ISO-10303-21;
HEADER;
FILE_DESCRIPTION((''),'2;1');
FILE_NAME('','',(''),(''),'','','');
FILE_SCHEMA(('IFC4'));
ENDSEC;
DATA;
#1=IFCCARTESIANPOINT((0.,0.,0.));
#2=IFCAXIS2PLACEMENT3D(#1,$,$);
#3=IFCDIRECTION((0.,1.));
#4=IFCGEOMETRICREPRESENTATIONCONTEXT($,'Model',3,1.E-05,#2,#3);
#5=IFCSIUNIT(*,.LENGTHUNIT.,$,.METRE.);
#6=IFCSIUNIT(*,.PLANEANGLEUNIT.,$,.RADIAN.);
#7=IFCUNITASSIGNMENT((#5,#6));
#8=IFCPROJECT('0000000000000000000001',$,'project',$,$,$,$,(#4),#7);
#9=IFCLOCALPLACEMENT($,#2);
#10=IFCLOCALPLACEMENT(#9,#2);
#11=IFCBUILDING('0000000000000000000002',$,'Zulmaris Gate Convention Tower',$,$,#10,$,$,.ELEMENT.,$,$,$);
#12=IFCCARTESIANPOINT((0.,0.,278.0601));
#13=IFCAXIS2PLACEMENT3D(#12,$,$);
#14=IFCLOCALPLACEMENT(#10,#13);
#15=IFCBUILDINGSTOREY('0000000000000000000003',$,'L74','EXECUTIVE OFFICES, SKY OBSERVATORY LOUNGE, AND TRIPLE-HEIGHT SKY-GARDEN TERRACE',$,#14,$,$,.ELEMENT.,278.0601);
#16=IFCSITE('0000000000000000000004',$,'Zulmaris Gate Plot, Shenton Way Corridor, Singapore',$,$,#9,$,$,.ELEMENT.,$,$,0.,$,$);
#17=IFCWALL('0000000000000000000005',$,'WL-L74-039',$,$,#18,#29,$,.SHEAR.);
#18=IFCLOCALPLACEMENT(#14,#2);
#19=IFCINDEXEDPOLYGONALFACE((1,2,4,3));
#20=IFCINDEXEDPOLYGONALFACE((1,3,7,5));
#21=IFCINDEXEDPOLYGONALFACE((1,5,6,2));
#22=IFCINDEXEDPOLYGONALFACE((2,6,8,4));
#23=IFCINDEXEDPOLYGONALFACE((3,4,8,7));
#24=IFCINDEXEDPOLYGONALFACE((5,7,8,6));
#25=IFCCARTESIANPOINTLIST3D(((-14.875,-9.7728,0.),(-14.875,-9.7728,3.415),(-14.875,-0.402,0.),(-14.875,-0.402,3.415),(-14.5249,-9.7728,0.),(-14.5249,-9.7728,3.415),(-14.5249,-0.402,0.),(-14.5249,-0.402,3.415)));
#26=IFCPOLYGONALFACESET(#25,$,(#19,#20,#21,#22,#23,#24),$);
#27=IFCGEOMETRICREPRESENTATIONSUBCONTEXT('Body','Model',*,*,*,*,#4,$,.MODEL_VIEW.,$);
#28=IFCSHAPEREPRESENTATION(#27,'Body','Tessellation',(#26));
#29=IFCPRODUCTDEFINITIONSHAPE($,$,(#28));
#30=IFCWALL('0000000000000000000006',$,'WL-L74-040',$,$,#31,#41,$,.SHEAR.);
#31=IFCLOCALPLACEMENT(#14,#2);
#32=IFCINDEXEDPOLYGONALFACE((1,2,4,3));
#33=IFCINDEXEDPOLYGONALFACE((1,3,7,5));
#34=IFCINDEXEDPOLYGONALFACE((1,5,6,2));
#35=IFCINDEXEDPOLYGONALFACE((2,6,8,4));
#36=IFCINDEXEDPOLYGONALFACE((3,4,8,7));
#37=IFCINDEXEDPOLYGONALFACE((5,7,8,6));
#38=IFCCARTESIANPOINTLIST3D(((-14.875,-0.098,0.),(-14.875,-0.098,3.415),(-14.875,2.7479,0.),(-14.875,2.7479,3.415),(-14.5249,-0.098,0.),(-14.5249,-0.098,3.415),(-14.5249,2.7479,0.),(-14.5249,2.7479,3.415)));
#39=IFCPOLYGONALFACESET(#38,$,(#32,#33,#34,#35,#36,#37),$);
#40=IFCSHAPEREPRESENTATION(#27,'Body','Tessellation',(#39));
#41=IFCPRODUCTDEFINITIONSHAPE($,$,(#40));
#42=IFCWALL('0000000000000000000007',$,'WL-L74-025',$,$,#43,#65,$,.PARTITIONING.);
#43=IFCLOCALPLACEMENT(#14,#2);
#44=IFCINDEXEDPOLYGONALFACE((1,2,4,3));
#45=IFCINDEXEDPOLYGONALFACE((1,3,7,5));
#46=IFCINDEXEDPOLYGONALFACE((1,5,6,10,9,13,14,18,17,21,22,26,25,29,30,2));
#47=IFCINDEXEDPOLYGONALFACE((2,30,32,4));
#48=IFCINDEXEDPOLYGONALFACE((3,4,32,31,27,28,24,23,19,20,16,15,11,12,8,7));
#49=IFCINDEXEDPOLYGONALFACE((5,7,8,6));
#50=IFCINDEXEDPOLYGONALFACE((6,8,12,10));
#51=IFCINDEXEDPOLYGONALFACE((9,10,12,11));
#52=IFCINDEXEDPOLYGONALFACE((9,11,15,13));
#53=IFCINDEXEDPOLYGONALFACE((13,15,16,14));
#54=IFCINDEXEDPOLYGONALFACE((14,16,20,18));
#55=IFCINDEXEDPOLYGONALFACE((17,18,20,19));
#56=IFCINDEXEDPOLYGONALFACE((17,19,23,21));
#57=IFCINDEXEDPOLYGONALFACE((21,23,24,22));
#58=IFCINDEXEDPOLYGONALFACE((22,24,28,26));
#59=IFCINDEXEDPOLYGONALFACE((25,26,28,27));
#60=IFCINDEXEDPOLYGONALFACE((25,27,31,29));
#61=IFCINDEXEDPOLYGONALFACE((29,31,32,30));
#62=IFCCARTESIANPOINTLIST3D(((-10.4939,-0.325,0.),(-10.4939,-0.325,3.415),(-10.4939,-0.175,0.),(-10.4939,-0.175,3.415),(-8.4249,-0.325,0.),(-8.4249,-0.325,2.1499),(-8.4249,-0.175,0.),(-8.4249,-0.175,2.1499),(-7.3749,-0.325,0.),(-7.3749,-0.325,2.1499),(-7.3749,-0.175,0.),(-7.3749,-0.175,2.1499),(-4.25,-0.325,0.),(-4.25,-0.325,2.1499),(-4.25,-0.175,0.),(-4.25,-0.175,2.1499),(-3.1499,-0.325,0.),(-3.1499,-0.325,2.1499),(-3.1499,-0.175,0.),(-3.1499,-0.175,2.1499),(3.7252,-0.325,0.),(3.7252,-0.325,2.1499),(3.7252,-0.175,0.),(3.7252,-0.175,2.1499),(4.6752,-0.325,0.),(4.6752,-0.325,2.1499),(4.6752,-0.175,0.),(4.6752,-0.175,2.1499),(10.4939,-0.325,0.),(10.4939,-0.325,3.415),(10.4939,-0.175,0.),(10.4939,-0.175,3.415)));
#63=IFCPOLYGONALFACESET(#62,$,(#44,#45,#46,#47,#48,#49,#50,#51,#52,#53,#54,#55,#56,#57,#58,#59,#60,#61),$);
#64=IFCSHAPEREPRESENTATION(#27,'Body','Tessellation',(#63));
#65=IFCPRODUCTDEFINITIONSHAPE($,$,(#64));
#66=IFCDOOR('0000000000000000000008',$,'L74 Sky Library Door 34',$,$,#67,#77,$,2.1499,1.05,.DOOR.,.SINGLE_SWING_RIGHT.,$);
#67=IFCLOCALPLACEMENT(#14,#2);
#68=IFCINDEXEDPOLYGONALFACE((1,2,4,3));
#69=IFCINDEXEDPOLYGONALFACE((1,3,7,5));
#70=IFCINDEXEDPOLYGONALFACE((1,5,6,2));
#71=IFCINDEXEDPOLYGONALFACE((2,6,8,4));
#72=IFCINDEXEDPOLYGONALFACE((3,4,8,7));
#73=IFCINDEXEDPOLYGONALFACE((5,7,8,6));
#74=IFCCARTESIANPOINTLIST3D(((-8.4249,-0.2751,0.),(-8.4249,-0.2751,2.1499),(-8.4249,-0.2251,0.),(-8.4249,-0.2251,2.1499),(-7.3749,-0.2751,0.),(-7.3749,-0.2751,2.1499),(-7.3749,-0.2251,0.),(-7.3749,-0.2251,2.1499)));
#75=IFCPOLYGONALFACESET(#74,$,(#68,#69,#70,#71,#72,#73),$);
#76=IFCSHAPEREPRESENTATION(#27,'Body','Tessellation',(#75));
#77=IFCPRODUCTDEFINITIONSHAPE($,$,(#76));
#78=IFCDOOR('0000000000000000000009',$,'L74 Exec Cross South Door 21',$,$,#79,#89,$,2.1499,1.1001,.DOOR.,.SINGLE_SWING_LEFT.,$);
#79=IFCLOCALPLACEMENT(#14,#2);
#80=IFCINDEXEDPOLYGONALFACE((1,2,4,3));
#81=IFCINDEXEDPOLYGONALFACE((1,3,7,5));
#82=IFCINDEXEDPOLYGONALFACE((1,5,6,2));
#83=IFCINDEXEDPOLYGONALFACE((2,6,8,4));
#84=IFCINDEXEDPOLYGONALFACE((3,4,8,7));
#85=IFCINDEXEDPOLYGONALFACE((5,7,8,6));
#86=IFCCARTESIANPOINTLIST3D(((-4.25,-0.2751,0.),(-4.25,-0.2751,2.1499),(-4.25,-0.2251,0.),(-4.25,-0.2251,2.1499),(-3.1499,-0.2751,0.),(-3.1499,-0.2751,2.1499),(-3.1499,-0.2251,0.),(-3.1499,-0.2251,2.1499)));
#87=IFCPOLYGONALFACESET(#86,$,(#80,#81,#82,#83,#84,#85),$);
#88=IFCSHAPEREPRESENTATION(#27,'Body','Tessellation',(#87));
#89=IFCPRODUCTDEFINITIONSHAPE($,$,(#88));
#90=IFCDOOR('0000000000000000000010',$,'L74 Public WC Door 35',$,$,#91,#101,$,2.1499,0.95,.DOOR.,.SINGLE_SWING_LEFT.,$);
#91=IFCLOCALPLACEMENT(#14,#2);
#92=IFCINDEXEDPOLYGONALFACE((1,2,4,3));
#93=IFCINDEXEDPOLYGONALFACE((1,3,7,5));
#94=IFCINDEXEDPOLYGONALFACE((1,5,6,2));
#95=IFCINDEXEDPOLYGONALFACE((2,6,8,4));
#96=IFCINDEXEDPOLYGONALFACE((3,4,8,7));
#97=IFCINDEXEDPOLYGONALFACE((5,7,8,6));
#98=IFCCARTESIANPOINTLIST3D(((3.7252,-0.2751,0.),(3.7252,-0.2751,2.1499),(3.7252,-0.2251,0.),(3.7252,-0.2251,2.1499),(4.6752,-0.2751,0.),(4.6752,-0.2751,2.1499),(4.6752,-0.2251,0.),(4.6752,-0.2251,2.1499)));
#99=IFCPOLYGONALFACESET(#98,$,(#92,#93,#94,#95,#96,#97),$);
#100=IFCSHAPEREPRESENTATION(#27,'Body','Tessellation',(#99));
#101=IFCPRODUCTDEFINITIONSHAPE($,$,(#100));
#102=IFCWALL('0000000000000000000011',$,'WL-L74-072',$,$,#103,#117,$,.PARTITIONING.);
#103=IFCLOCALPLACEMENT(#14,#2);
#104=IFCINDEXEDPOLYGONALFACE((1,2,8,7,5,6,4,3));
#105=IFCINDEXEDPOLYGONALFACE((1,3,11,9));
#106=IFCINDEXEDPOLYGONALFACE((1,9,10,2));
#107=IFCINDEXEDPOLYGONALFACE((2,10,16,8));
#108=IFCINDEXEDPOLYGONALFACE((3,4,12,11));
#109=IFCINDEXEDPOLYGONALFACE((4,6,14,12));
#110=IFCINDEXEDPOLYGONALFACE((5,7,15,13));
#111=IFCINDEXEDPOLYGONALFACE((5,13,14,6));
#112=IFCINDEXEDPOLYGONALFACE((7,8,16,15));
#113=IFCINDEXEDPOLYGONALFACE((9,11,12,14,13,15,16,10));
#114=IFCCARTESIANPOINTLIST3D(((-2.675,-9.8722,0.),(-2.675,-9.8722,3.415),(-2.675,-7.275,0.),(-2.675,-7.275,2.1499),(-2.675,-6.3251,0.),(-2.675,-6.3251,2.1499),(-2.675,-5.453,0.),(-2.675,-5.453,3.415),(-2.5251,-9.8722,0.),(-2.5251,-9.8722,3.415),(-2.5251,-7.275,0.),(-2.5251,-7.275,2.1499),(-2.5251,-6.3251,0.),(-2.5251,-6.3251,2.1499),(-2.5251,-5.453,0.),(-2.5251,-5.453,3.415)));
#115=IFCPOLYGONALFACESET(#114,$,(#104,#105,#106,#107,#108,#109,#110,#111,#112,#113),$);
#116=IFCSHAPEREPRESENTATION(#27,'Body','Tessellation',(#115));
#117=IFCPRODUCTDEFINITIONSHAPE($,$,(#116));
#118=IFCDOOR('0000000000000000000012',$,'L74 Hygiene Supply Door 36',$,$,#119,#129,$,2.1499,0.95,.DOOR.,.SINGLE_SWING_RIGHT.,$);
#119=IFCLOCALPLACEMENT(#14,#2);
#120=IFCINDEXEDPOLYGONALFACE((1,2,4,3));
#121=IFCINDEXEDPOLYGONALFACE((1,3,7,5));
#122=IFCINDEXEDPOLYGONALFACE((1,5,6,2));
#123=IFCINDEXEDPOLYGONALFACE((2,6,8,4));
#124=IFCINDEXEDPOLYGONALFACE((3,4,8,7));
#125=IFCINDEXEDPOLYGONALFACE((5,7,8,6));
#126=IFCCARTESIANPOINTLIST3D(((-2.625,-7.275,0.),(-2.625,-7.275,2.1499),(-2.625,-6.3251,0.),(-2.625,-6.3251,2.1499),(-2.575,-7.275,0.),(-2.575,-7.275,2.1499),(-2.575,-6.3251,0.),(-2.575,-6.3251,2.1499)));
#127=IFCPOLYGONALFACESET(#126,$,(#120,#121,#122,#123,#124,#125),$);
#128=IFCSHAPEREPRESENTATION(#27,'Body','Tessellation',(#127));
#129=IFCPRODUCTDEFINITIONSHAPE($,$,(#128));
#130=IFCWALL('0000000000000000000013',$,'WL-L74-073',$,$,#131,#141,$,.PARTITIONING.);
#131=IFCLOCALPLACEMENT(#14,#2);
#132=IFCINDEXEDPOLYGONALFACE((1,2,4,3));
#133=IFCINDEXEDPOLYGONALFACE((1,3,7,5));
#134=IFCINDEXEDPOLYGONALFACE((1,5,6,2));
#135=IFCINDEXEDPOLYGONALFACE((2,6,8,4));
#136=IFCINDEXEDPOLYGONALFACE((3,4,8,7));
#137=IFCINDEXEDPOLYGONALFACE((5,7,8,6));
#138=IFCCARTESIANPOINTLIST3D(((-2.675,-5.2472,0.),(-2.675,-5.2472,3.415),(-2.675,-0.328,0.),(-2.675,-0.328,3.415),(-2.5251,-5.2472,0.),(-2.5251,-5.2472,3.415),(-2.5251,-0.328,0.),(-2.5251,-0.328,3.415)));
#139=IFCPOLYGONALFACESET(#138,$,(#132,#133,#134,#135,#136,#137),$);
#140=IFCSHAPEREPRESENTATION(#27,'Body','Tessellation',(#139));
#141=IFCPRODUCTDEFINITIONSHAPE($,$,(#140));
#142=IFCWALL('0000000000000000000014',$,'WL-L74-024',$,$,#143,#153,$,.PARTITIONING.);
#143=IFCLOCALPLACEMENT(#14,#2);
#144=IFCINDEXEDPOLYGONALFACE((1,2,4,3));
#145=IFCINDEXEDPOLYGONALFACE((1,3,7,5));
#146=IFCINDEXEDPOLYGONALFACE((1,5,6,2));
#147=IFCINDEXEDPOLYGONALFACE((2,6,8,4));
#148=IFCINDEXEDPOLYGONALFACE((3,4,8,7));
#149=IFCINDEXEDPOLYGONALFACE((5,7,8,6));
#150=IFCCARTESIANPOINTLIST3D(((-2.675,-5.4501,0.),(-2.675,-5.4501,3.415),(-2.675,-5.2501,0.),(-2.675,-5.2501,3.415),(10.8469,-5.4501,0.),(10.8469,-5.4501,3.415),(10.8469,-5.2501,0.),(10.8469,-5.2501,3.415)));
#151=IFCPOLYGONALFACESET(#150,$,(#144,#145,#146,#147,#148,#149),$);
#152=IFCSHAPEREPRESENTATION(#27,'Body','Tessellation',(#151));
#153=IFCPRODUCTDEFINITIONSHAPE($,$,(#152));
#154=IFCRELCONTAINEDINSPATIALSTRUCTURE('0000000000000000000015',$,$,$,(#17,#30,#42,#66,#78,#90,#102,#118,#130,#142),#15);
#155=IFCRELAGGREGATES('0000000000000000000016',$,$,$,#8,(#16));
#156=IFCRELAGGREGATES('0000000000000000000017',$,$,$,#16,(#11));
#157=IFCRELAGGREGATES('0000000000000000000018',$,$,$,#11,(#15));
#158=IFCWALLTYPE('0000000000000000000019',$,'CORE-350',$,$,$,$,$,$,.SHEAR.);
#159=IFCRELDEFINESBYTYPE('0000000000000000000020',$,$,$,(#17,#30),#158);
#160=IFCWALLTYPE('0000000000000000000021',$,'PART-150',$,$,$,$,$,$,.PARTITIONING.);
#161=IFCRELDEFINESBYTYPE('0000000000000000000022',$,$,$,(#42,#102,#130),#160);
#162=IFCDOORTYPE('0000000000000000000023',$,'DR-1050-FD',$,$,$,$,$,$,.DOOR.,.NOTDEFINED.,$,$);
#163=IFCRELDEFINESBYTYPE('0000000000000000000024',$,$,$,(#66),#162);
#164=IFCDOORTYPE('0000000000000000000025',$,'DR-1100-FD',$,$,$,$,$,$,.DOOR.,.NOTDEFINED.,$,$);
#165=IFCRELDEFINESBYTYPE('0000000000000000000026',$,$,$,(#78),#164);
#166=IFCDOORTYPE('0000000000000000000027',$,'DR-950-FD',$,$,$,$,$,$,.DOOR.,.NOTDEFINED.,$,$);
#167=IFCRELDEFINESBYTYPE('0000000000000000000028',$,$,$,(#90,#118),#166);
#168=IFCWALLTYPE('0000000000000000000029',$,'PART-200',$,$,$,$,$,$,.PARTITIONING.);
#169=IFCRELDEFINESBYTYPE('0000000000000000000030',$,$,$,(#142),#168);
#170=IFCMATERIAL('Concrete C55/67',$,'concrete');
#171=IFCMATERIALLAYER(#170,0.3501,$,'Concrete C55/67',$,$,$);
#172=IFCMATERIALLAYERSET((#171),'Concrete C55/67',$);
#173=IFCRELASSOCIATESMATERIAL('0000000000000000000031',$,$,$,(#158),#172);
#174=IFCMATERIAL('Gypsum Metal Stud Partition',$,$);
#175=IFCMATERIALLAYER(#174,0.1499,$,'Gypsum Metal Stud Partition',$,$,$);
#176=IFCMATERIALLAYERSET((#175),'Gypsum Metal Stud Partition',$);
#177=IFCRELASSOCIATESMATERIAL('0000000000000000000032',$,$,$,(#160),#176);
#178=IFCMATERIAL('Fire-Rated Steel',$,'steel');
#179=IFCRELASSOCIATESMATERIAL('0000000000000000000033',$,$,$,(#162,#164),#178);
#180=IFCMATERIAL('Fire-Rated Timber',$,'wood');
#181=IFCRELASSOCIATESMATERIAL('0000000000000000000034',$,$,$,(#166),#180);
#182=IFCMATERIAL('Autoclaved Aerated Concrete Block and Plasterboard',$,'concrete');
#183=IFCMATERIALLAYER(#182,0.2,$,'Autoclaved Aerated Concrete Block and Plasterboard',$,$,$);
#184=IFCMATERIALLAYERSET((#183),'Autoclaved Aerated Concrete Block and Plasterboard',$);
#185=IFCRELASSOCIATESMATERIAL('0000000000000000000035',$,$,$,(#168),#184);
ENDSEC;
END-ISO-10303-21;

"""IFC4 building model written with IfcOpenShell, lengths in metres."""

from ifc_helpers import new_model, si_unit, direction, frame, frame_2d, origin, place, context, subcontext, project, spatial, rectangle, extrude, material, layer, layer_set, type_object, element, fill, save


model = new_model("IFC4")

# Units and contexts
model_context = context("Model", 3, precision=1e-05, world=origin(), true_north=direction((0.0, 1.0)))
body_context = subcontext(model_context, "Body", "Model", "MODEL_VIEW")
ifc_project = project(units=[si_unit("LENGTHUNIT", "METRE"), si_unit("PLANEANGLEUNIT", "RADIAN")], contexts=[model_context])

# Site, building, storey
site_placement = place(None, origin())
site = spatial("IfcSite", under=ifc_project, at=site_placement, Name="Zulmaris Gate Plot, Shenton Way Corridor, Singapore", CompositionType="ELEMENT", RefElevation=0.0)
building_placement = place(site_placement, origin())
building = spatial("IfcBuilding", under=site, at=building_placement, Name="Zulmaris Gate Convention Tower", CompositionType="ELEMENT")
storey_placement = place(building_placement, frame((0.0, 0.0, 278.0601)))
storey = spatial("IfcBuildingStorey", under=building, at=storey_placement, Name="L74", Description="EXECUTIVE OFFICES, SKY OBSERVATORY LOUNGE, AND TRIPLE-HEIGHT SKY-GARDEN TERRACE", CompositionType="ELEMENT", Elevation=278.0601)

# Walls
ifc_material_1 = material(Name="Concrete C55/67", Category="concrete")
ifc_layer_1 = layer(ifc_material_1, 0.3501, Name="Concrete C55/67")
ifc_layer_set_1 = layer_set([ifc_layer_1], Name="Concrete C55/67")
wall_type_1 = type_object("IfcWallType", Name="CORE-350", PredefinedType="SHEAR", material=ifc_layer_set_1)
wall_1_placement = place(storey_placement, frame((-14.7, -9.7729, 0.0), z_axis=(0.0, 0.0, 1.0), x_axis=(0.0, 1.0, 0.0)))
element("IfcWall", 1, at=wall_1_placement, inside=storey, type_object=wall_type_1, Name="WL-L74-039", PredefinedType="SHEAR", context=body_context, shape_type="SweptSolid", body=[
    extrude(rectangle(XDim=9.3708, YDim=0.3501, at=frame_2d((4.6855, 0.0))), origin(), (0.0, 0.0, 1.0), 3.415),
])
wall_2_placement = place(storey_placement, frame((-14.7, -0.0979, 0.0), z_axis=(0.0, 0.0, 1.0), x_axis=(0.0, 1.0, 0.0)))
element("IfcWall", 2, at=wall_2_placement, inside=storey, type_object=wall_type_1, Name="WL-L74-040", PredefinedType="SHEAR", context=body_context, shape_type="SweptSolid", body=[
    extrude(rectangle(XDim=2.8459, YDim=0.3501, at=frame_2d((1.4229, 0.0))), origin(), (0.0, 0.0, 1.0), 3.415),
])

# Wall, openings, doors
ifc_material_2 = material(Name="Gypsum Metal Stud Partition")
ifc_layer_2 = layer(ifc_material_2, 0.1499, Name="Gypsum Metal Stud Partition")
ifc_layer_set_2 = layer_set([ifc_layer_2], Name="Gypsum Metal Stud Partition")
wall_type_2 = type_object("IfcWallType", Name="PART-150", PredefinedType="PARTITIONING", material=ifc_layer_set_2)
wall_3_placement = place(storey_placement, frame((-10.4939, -0.25, 0.0), z_axis=(0.0, 0.0, 1.0), x_axis=(1.0, 0.0, 0.0)))
wall_3 = element("IfcWall", 3, at=wall_3_placement, inside=storey, type_object=wall_type_2, Name="WL-L74-025", PredefinedType="PARTITIONING", context=body_context, shape_type="SweptSolid", body=[
    extrude(rectangle(XDim=20.9878, YDim=0.1499, at=frame_2d((10.4939, 0.0))), origin(), (0.0, 0.0, 1.0), 3.415),
])
opening_1_placement = place(wall_3_placement, frame((6.2439, 0.0, 0.0)))
opening_1 = element("IfcOpeningElement", 4, at=opening_1_placement, cuts=wall_3, PredefinedType="OPENING", context=body_context, shape_type="SweptSolid", body=[
    extrude(rectangle(XDim=1.1001, YDim=2.1499, at=frame_2d((0.55, 1.075))), frame((0.0, 0.085, 0.0), z_axis=(0.0, -1.0, 0.0), x_axis=(1.0, 0.0, 0.0)), (0.0, 0.0, 1.0), 0.1699),
])
opening_2_placement = place(wall_3_placement, frame((2.0691, 0.0, 0.0)))
opening_2 = element("IfcOpeningElement", 5, at=opening_2_placement, cuts=wall_3, PredefinedType="OPENING", context=body_context, shape_type="SweptSolid", body=[
    extrude(rectangle(XDim=1.05, YDim=2.1499, at=frame_2d((0.5249, 1.075))), frame((0.0, 0.085, 0.0), z_axis=(0.0, -1.0, 0.0), x_axis=(1.0, 0.0, 0.0)), (0.0, 0.0, 1.0), 0.1699),
])
opening_3_placement = place(wall_3_placement, frame((14.219, 0.0, 0.0)))
opening_3 = element("IfcOpeningElement", 6, at=opening_3_placement, cuts=wall_3, PredefinedType="OPENING", context=body_context, shape_type="SweptSolid", body=[
    extrude(rectangle(XDim=0.95, YDim=2.1499, at=frame_2d((0.4751, 1.075))), frame((0.0, 0.085, 0.0), z_axis=(0.0, -1.0, 0.0), x_axis=(1.0, 0.0, 0.0)), (0.0, 0.0, 1.0), 0.1699),
])
ifc_material_3 = material(Name="Fire-Rated Steel", Category="steel")
door_type_1 = type_object("IfcDoorType", Name="DR-1050-FD", OperationType="NOTDEFINED", PredefinedType="DOOR", material=ifc_material_3)
door_1_placement = place(opening_2_placement, origin())
door_1 = element("IfcDoor", 7, at=door_1_placement, inside=storey, type_object=door_type_1, Name="L74 Sky Library Door 34", OperationType="SINGLE_SWING_RIGHT", OverallHeight=2.1499, OverallWidth=1.05, PredefinedType="DOOR", context=body_context, shape_type="SweptSolid", body=[
    extrude(rectangle(XDim=1.05, YDim=2.1499, at=frame_2d((0.5249, 1.075))), frame((0.0, 0.0249, 0.0), z_axis=(0.0, -1.0, 0.0), x_axis=(1.0, 0.0, 0.0)), (0.0, 0.0, 1.0), 0.05),
])
fill(opening_2, door_1)
door_type_2 = type_object("IfcDoorType", Name="DR-1100-FD", OperationType="NOTDEFINED", PredefinedType="DOOR", material=ifc_material_3)
door_2_placement = place(opening_1_placement, origin())
door_2 = element("IfcDoor", 8, at=door_2_placement, inside=storey, type_object=door_type_2, Name="L74 Exec Cross South Door 21", OperationType="SINGLE_SWING_LEFT", OverallHeight=2.1499, OverallWidth=1.1001, PredefinedType="DOOR", context=body_context, shape_type="SweptSolid", body=[
    extrude(rectangle(XDim=1.1001, YDim=2.1499, at=frame_2d((0.55, 1.075))), frame((0.0, 0.0249, 0.0), z_axis=(0.0, -1.0, 0.0), x_axis=(1.0, 0.0, 0.0)), (0.0, 0.0, 1.0), 0.05),
])
fill(opening_1, door_2)
ifc_material_4 = material(Name="Fire-Rated Timber", Category="wood")
door_type_3 = type_object("IfcDoorType", Name="DR-950-FD", OperationType="NOTDEFINED", PredefinedType="DOOR", material=ifc_material_4)
door_3_placement = place(opening_3_placement, origin())
door_3 = element("IfcDoor", 9, at=door_3_placement, inside=storey, type_object=door_type_3, Name="L74 Public WC Door 35", OperationType="SINGLE_SWING_LEFT", OverallHeight=2.1499, OverallWidth=0.95, PredefinedType="DOOR", context=body_context, shape_type="SweptSolid", body=[
    extrude(rectangle(XDim=0.95, YDim=2.1499, at=frame_2d((0.4751, 1.075))), frame((0.0, 0.0249, 0.0), z_axis=(0.0, -1.0, 0.0), x_axis=(1.0, 0.0, 0.0)), (0.0, 0.0, 1.0), 0.05),
])
fill(opening_3, door_3)

# Wall, opening, door
wall_4_placement = place(storey_placement, frame((-2.6001, -9.8721, 0.0), z_axis=(0.0, 0.0, 1.0), x_axis=(0.0, 1.0, 0.0)))
wall_4 = element("IfcWall", 10, at=wall_4_placement, inside=storey, type_object=wall_type_2, Name="WL-L74-072", PredefinedType="PARTITIONING", context=body_context, shape_type="SweptSolid", body=[
    extrude(rectangle(XDim=4.4192, YDim=0.1499, at=frame_2d((2.2095, 0.0))), origin(), (0.0, 0.0, 1.0), 3.415),
])
opening_4_placement = place(wall_4_placement, frame((2.5969, 0.0, 0.0)))
opening_4 = element("IfcOpeningElement", 11, at=opening_4_placement, cuts=wall_4, PredefinedType="OPENING", context=body_context, shape_type="SweptSolid", body=[
    extrude(rectangle(XDim=0.95, YDim=2.1499, at=frame_2d((0.4751, 1.075))), frame((0.0, 0.085, 0.0), z_axis=(0.0, -1.0, 0.0), x_axis=(1.0, 0.0, 0.0)), (0.0, 0.0, 1.0), 0.1699),
])
door_4_placement = place(opening_4_placement, origin())
door_4 = element("IfcDoor", 12, at=door_4_placement, inside=storey, type_object=door_type_3, Name="L74 Hygiene Supply Door 36", OperationType="SINGLE_SWING_RIGHT", OverallHeight=2.1499, OverallWidth=0.95, PredefinedType="DOOR", context=body_context, shape_type="SweptSolid", body=[
    extrude(rectangle(XDim=0.95, YDim=2.1499, at=frame_2d((0.4751, 1.075))), frame((0.0, 0.0249, 0.0), z_axis=(0.0, -1.0, 0.0), x_axis=(1.0, 0.0, 0.0)), (0.0, 0.0, 1.0), 0.05),
])
fill(opening_4, door_4)

# Walls
wall_5_placement = place(storey_placement, frame((-2.6001, -5.2471, 0.0), z_axis=(0.0, 0.0, 1.0), x_axis=(0.0, 1.0, 0.0)))
element("IfcWall", 13, at=wall_5_placement, inside=storey, type_object=wall_type_2, Name="WL-L74-073", PredefinedType="PARTITIONING", context=body_context, shape_type="SweptSolid", body=[
    extrude(rectangle(XDim=4.9192, YDim=0.1499, at=frame_2d((2.4595, 0.0))), origin(), (0.0, 0.0, 1.0), 3.415),
])
ifc_material_5 = material(Name="Autoclaved Aerated Concrete Block and Plasterboard", Category="concrete")
ifc_layer_3 = layer(ifc_material_5, 0.2, Name="Autoclaved Aerated Concrete Block and Plasterboard")
ifc_layer_set_3 = layer_set([ifc_layer_3], Name="Autoclaved Aerated Concrete Block and Plasterboard")
wall_type_3 = type_object("IfcWallType", Name="PART-200", PredefinedType="PARTITIONING", material=ifc_layer_set_3)
wall_6_placement = place(storey_placement, frame((-2.675, -5.3501, 0.0), z_axis=(0.0, 0.0, 1.0), x_axis=(1.0, 0.0, 0.0)))
element("IfcWall", 14, at=wall_6_placement, inside=storey, type_object=wall_type_3, Name="WL-L74-024", PredefinedType="PARTITIONING", context=body_context, shape_type="SweptSolid", body=[
    extrude(rectangle(XDim=13.522, YDim=0.2, at=frame_2d((6.761, 0.0))), origin(), (0.0, 0.0, 1.0), 3.415),
])

save(model, "model.ifc")
